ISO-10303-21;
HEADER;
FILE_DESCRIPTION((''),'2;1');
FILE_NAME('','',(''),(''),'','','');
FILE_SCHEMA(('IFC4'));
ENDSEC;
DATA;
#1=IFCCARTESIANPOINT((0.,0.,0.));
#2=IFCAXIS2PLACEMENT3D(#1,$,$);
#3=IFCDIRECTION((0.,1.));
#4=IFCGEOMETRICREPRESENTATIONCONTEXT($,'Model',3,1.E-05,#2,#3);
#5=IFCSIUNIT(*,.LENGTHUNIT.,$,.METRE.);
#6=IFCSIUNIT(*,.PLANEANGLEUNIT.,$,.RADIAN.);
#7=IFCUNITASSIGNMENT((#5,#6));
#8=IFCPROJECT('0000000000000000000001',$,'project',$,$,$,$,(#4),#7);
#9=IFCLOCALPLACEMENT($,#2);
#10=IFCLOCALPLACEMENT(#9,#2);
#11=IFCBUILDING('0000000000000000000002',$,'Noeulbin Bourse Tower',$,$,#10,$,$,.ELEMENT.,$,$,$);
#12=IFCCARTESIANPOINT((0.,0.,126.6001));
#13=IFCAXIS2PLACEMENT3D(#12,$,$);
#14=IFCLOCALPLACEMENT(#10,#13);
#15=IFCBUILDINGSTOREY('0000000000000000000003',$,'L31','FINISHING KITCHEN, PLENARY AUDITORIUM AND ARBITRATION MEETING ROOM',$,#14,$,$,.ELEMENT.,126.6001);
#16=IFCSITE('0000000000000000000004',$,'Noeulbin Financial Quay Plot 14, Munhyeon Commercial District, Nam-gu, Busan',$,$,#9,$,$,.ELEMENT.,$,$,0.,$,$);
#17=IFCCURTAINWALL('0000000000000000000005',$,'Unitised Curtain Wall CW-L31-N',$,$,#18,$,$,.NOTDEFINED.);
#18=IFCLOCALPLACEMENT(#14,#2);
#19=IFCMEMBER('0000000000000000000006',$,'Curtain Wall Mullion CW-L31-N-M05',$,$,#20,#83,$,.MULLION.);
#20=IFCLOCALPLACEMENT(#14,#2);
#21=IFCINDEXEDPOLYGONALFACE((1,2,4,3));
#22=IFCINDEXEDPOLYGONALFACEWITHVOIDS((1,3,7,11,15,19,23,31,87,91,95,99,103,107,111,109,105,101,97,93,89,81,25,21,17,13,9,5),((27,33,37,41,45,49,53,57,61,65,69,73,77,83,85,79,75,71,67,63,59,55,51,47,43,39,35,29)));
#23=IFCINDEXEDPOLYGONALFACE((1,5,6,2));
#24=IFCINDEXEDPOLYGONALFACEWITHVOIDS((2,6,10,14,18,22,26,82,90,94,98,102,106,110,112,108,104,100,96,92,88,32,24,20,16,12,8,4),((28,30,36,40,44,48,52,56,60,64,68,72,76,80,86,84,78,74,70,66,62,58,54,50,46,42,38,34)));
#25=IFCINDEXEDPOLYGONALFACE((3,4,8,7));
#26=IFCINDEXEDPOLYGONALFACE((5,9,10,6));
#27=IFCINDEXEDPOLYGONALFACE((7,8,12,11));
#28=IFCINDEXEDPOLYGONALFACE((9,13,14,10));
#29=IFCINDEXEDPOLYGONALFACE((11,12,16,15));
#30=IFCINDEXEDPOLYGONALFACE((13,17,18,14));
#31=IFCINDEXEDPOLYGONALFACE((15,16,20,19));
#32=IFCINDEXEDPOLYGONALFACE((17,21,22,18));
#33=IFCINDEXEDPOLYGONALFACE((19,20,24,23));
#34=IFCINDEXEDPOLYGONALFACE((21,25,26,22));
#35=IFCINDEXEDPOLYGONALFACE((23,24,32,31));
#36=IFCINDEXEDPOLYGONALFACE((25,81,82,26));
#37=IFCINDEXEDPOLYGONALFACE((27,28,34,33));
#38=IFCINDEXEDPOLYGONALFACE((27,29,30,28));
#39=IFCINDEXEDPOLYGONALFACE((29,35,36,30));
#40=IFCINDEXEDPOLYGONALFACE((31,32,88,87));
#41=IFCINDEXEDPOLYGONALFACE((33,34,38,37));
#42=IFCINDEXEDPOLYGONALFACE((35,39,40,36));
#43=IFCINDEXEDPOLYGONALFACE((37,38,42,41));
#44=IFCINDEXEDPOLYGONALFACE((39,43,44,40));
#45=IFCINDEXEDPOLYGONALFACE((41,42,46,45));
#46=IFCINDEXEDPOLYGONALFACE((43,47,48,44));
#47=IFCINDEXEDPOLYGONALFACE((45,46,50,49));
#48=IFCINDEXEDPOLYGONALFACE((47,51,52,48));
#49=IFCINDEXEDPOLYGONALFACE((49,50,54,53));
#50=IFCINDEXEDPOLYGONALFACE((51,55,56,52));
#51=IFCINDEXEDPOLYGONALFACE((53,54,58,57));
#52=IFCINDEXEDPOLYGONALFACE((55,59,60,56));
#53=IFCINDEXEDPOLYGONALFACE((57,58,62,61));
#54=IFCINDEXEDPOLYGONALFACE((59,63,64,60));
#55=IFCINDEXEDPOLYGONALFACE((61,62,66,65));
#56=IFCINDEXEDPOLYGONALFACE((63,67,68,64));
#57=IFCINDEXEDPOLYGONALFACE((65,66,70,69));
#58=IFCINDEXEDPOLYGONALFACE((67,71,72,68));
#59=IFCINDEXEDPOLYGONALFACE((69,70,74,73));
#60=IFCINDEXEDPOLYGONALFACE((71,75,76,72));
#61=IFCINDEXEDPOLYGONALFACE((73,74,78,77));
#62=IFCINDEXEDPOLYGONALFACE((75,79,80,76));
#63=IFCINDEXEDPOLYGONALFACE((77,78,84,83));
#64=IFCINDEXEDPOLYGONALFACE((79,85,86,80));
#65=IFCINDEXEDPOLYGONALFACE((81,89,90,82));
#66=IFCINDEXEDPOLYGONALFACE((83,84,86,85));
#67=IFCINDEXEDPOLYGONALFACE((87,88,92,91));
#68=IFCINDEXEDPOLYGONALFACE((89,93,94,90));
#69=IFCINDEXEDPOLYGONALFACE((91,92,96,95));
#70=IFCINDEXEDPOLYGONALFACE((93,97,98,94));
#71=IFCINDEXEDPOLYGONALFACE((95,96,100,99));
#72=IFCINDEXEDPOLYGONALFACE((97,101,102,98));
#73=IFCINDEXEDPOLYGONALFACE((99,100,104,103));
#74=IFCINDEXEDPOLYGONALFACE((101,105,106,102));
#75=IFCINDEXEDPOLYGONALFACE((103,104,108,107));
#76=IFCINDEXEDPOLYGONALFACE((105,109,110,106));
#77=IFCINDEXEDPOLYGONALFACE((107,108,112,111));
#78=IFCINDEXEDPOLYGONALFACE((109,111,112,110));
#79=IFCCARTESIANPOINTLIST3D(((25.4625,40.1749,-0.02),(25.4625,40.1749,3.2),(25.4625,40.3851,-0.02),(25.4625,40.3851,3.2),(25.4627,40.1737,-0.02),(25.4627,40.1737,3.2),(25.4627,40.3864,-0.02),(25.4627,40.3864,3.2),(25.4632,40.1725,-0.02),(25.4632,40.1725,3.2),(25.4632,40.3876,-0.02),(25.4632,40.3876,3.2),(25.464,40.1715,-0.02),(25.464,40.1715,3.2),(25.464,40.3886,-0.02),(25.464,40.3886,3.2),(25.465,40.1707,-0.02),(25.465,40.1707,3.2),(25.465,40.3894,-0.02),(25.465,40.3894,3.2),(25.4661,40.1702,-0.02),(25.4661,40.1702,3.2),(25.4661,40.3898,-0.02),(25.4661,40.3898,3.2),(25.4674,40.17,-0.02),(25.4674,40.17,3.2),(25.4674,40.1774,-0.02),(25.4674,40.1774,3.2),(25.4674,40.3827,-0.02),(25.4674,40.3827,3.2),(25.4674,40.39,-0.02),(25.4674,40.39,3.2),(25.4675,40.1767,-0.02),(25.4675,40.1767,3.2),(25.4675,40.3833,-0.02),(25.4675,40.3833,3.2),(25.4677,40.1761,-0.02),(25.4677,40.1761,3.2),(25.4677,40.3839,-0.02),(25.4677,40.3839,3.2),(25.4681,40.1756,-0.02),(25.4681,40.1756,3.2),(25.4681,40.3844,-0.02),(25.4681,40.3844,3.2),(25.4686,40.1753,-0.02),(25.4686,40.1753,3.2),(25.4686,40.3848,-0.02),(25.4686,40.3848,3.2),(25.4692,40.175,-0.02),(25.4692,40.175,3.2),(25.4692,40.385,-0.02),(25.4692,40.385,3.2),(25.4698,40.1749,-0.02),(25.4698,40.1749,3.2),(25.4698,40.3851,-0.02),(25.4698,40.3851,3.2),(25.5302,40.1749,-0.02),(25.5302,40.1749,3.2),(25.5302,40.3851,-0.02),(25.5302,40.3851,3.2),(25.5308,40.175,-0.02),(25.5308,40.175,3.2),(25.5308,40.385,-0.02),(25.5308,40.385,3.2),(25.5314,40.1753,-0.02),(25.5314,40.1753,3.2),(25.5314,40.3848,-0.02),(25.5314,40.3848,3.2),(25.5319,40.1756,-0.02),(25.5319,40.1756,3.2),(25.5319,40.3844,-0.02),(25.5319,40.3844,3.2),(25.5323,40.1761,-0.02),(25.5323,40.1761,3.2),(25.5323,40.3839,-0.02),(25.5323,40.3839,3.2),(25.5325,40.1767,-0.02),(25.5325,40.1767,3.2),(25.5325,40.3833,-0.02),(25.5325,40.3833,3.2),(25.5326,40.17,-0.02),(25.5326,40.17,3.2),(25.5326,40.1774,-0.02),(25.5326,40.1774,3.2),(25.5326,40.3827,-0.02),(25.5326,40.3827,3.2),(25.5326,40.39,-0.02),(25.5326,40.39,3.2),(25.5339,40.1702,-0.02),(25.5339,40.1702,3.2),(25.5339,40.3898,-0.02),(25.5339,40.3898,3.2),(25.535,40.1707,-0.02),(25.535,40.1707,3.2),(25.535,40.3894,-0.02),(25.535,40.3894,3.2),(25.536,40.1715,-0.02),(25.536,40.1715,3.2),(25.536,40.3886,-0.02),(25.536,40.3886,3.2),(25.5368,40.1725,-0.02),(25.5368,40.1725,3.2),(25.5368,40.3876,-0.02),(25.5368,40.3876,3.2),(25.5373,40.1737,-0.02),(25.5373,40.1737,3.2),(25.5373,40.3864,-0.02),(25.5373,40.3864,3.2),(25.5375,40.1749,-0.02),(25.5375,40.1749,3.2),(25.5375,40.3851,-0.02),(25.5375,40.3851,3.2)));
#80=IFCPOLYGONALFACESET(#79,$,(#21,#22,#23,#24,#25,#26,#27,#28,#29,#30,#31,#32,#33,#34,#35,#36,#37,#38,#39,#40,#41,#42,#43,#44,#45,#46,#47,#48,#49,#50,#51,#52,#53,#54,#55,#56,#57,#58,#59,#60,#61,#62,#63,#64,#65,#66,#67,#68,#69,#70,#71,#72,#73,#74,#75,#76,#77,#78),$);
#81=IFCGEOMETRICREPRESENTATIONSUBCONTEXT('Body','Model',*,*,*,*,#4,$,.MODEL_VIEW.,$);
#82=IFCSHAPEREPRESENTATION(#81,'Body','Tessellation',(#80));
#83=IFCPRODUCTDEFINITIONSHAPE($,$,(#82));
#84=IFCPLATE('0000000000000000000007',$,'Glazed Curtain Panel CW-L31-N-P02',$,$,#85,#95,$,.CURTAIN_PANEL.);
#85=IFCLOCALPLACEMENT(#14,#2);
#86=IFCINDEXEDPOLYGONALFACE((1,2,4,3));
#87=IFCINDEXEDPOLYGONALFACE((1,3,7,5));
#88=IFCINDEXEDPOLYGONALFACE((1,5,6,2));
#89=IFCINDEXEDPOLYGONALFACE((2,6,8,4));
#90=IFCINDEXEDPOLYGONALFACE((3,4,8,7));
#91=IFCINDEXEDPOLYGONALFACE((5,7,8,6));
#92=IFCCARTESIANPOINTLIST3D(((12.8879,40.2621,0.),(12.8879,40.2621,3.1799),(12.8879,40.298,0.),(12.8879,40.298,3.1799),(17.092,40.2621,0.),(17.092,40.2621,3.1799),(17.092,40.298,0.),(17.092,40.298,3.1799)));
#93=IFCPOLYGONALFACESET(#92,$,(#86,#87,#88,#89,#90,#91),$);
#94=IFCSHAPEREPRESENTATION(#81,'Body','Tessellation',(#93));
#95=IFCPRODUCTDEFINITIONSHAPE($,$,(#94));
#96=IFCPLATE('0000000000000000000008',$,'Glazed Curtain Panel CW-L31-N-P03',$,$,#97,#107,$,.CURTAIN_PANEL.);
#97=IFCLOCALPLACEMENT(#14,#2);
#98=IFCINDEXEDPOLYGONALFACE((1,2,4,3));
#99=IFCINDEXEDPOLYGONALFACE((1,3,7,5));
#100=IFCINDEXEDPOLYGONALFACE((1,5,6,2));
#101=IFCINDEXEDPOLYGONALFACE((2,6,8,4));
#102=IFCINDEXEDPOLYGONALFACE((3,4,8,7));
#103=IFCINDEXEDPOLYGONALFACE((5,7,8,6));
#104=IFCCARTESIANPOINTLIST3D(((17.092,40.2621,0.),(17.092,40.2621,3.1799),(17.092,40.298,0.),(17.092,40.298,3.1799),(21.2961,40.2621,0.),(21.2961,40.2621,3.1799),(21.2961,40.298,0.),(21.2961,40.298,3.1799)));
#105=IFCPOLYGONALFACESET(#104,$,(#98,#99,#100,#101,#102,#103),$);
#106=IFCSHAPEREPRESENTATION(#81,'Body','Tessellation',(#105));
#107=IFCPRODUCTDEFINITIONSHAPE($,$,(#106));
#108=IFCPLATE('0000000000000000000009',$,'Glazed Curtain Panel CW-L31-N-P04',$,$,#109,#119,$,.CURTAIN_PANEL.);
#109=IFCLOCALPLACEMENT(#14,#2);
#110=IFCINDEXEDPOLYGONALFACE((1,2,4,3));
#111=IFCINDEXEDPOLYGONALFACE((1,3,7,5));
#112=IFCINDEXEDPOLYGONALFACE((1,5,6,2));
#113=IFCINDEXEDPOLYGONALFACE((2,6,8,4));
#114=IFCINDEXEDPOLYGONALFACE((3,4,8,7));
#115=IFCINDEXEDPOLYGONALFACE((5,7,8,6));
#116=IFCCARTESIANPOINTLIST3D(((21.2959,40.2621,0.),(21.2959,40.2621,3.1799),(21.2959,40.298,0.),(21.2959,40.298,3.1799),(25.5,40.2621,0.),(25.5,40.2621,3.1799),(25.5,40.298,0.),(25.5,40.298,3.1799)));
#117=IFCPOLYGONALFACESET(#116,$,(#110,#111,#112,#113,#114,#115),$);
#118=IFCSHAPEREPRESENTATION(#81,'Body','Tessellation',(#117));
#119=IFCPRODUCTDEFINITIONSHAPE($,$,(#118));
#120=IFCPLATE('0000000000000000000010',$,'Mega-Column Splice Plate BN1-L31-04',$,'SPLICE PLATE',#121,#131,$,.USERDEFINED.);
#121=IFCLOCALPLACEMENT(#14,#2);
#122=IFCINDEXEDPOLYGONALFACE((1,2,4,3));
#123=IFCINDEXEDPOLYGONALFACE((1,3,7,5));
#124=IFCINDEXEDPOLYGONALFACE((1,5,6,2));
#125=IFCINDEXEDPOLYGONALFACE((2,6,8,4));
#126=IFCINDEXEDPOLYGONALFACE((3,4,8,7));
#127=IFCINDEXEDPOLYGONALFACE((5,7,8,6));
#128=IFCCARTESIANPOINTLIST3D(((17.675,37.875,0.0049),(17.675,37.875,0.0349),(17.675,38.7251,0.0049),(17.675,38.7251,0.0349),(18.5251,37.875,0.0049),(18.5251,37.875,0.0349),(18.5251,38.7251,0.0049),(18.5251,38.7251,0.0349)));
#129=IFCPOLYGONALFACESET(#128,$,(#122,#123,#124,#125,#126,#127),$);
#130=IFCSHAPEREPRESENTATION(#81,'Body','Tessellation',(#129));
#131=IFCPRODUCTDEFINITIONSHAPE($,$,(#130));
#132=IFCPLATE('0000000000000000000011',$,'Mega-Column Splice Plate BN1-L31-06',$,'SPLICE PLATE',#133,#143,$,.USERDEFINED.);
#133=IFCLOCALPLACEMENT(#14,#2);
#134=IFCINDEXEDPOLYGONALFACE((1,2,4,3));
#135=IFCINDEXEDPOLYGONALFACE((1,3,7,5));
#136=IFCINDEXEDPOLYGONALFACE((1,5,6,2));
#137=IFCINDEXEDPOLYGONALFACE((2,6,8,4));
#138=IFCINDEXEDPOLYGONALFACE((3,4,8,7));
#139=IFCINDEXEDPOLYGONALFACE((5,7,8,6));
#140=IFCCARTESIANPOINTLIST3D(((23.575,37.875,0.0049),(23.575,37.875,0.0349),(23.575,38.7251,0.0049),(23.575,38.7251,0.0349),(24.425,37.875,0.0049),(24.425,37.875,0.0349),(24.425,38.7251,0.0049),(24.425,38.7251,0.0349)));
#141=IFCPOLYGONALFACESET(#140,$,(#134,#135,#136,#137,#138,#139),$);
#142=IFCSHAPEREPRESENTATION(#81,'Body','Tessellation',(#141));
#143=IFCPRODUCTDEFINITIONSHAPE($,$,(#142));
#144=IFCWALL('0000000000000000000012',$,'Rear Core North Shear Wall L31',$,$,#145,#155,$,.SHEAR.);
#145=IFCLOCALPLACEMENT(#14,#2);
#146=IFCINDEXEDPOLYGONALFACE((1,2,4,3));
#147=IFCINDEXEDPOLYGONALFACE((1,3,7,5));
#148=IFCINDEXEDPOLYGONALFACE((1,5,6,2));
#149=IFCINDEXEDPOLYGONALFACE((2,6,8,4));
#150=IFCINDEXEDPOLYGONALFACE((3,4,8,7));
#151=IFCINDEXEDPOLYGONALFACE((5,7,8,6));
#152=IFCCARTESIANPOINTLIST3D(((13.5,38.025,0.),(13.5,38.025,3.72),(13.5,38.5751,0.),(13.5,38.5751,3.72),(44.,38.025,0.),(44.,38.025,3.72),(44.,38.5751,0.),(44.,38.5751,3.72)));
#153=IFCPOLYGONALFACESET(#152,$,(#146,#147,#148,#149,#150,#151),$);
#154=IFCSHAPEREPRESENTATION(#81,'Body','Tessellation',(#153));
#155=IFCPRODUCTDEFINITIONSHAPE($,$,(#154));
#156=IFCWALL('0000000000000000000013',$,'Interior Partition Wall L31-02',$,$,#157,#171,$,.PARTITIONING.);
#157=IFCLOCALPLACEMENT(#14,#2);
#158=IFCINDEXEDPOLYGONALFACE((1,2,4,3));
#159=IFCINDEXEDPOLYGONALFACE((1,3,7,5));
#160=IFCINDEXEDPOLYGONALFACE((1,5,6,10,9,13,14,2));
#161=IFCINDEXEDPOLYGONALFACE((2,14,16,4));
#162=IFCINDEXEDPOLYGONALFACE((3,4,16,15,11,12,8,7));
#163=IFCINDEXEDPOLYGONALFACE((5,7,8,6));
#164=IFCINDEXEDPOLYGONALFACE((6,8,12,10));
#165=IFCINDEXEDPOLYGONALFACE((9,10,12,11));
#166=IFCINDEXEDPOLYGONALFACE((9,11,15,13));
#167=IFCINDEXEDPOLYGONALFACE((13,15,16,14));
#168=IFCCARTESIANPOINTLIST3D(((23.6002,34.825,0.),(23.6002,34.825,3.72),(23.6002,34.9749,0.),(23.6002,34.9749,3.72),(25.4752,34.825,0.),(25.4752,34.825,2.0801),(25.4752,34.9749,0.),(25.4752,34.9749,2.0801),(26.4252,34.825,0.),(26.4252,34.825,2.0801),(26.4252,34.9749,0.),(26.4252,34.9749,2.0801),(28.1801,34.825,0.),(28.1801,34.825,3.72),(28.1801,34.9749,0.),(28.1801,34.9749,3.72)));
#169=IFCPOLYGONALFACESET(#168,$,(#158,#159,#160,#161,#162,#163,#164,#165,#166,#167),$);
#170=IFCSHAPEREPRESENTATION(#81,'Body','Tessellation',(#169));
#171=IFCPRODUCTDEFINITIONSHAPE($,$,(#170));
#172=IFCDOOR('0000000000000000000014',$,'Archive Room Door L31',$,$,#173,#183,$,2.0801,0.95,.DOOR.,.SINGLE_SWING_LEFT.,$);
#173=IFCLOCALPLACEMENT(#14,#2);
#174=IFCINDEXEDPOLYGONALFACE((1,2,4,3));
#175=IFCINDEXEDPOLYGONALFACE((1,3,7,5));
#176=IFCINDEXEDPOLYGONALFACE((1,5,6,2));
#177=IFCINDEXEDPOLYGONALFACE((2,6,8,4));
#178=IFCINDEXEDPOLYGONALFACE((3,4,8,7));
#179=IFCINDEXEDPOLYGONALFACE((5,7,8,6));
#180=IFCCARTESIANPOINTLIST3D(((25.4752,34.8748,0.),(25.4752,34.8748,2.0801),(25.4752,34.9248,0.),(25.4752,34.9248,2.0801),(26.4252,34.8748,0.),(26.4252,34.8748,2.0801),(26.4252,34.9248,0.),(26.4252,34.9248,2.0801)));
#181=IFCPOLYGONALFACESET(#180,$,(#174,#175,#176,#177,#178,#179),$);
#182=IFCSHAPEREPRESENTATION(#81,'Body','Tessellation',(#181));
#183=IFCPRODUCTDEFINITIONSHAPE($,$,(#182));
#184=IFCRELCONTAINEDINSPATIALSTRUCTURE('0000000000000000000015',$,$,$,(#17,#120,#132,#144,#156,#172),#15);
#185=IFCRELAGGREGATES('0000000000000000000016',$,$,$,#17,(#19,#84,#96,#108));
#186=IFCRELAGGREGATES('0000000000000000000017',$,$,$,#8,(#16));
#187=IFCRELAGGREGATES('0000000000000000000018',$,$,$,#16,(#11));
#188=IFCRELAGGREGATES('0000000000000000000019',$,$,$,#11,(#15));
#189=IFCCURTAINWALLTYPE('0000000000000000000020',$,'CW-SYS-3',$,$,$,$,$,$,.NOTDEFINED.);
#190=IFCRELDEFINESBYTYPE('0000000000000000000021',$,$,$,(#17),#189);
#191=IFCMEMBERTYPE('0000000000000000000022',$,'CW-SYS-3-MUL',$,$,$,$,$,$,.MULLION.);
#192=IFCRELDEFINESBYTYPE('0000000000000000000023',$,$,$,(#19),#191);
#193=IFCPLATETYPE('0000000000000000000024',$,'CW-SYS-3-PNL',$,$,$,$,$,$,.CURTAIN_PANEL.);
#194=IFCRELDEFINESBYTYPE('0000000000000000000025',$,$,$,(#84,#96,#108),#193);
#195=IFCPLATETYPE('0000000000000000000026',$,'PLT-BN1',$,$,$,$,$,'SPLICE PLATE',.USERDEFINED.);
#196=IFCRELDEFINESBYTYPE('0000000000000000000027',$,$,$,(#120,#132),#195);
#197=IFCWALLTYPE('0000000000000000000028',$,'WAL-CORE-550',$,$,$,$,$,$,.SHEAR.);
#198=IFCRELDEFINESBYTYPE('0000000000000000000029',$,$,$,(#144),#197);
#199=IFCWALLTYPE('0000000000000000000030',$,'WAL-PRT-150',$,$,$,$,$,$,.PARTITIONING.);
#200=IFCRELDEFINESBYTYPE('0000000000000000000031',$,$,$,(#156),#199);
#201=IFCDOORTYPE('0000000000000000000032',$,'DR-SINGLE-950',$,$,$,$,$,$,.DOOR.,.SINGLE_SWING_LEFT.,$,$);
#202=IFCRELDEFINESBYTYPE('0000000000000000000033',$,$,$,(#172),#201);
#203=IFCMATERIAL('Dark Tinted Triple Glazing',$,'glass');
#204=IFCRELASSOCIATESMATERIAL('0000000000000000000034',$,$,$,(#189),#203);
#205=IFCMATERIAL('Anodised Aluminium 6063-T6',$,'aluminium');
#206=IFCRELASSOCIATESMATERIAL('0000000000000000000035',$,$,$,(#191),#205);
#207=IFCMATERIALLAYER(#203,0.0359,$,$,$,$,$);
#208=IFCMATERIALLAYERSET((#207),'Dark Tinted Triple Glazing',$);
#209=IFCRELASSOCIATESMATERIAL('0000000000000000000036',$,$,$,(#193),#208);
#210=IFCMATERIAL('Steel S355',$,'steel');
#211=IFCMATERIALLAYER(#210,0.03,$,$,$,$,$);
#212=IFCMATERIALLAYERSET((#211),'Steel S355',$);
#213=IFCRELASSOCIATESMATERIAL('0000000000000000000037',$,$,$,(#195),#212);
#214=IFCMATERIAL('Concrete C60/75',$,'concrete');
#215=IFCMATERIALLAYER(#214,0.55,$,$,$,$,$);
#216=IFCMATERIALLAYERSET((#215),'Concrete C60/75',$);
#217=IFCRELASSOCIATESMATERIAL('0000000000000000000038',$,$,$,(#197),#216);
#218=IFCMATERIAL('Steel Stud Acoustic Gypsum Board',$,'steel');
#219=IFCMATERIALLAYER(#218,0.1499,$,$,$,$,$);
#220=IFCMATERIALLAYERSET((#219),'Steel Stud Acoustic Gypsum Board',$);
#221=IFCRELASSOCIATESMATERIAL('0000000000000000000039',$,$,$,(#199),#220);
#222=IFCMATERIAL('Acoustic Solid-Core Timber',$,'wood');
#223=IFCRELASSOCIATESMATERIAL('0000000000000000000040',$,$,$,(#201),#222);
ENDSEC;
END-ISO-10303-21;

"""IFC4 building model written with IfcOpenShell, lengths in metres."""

from ifc_helpers import new_model, si_unit, direction, frame, frame_2d, origin, origin_2d, place, context, subcontext, project, spatial, rectangle, hollow_rectangle, extrude, material, layer, layer_set, material_profile, profile_set, type_object, element, fill, aggregate, save


model = new_model("IFC4")

# Units and contexts
model_context = context("Model", 3, precision=1e-05, world=origin(), true_north=direction((0.0, 1.0)))
body_context = subcontext(model_context, "Body", "Model", "MODEL_VIEW")
ifc_project = project(units=[si_unit("LENGTHUNIT", "METRE"), si_unit("PLANEANGLEUNIT", "RADIAN")], contexts=[model_context])

# Site, building, storey
site_placement = place(None, origin())
site = spatial("IfcSite", under=ifc_project, at=site_placement, Name="Noeulbin Financial Quay Plot 14, Munhyeon Commercial District, Nam-gu, Busan", CompositionType="ELEMENT", RefElevation=0.0)
building_placement = place(site_placement, origin())
building = spatial("IfcBuilding", under=site, at=building_placement, Name="Noeulbin Bourse Tower", CompositionType="ELEMENT")
storey_placement = place(building_placement, frame((0.0, 0.0, 126.6001)))
storey = spatial("IfcBuildingStorey", under=building, at=storey_placement, Name="L31", Description="FINISHING KITCHEN, PLENARY AUDITORIUM AND ARBITRATION MEETING ROOM", CompositionType="ELEMENT", Elevation=126.6001)

# Shared definitions
ifc_material_1 = material(Name="Steel S355", Category="steel")

# Curtain wall, member, plates
ifc_material_2 = material(Name="Dark Tinted Triple Glazing", Category="glass")
curtain_wall_type = type_object("IfcCurtainWallType", Name="CW-SYS-3", PredefinedType="NOTDEFINED", material=ifc_material_2)
curtain_wall_placement = place(storey_placement, origin())
curtain_wall = element("IfcCurtainWall", 1, at=curtain_wall_placement, inside=storey, type_object=curtain_wall_type, Name="Unitised Curtain Wall CW-L31-N", PredefinedType="NOTDEFINED")
ifc_material_3 = material(Name="Anodised Aluminium 6063-T6", Category="aluminium")
ifc_material_profile_1 = material_profile(ifc_material_3, hollow_rectangle(XDim=0.075, YDim=0.22, WallThickness=0.0049, InnerFilletRadius=0.0024, OuterFilletRadius=0.0049, at=origin_2d()), Name="ALU-MULL-75x220x5", Category="LoadBearing")
ifc_profile_set_1 = profile_set([ifc_material_profile_1], Name="Anodised Aluminium 6063-T6")
member_type = type_object("IfcMemberType", Name="CW-SYS-3-MUL", PredefinedType="MULLION", material=ifc_profile_set_1)
member_1_placement = place(storey_placement, frame((25.5, 40.28, -0.02), z_axis=(0.0, 0.0, 1.0), x_axis=(1.0, 0.0, 0.0)))
member_1 = element("IfcMember", 2, at=member_1_placement, type_object=member_type, Name="Curtain Wall Mullion CW-L31-N-M05", PredefinedType="MULLION", context=body_context, shape_type="SweptSolid", body=[
    extrude(hollow_rectangle(XDim=0.075, YDim=0.22, WallThickness=0.0049, InnerFilletRadius=0.0024, OuterFilletRadius=0.0049, at=origin_2d()), origin(), (0.0, 0.0, 1.0), 3.22),
])
ifc_layer_1 = layer(ifc_material_2, 0.0359)
ifc_layer_set_1 = layer_set([ifc_layer_1], Name="Dark Tinted Triple Glazing")
plate_type_1 = type_object("IfcPlateType", Name="CW-SYS-3-PNL", PredefinedType="CURTAIN_PANEL", material=ifc_layer_set_1)
plate_1_placement = place(storey_placement, frame((14.99, 40.28, 0.0), z_axis=(0.0, 0.0, 1.0), x_axis=(1.0, 0.0, 0.0)))
plate_1 = element("IfcPlate", 3, at=plate_1_placement, type_object=plate_type_1, Name="Glazed Curtain Panel CW-L31-N-P02", PredefinedType="CURTAIN_PANEL", context=body_context, shape_type="SweptSolid", body=[
    extrude(rectangle(XDim=4.2041, YDim=0.0359, at=origin_2d()), origin(), (0.0, 0.0, 1.0), 3.1799),
])
plate_2_placement = place(storey_placement, frame((19.1941, 40.28, 0.0), z_axis=(0.0, 0.0, 1.0), x_axis=(1.0, 0.0, 0.0)))
plate_2 = element("IfcPlate", 4, at=plate_2_placement, type_object=plate_type_1, Name="Glazed Curtain Panel CW-L31-N-P03", PredefinedType="CURTAIN_PANEL", context=body_context, shape_type="SweptSolid", body=[
    extrude(rectangle(XDim=4.2041, YDim=0.0359, at=origin_2d()), origin(), (0.0, 0.0, 1.0), 3.1799),
])
plate_3_placement = place(storey_placement, frame((23.3979, 40.28, 0.0), z_axis=(0.0, 0.0, 1.0), x_axis=(1.0, 0.0, 0.0)))
plate_3 = element("IfcPlate", 5, at=plate_3_placement, type_object=plate_type_1, Name="Glazed Curtain Panel CW-L31-N-P04", PredefinedType="CURTAIN_PANEL", context=body_context, shape_type="SweptSolid", body=[
    extrude(rectangle(XDim=4.2041, YDim=0.0359, at=origin_2d()), origin(), (0.0, 0.0, 1.0), 3.1799),
])
aggregate(curtain_wall, [member_1, plate_1, plate_2, plate_3])

# Plates
ifc_layer_2 = layer(ifc_material_1, 0.03)
ifc_layer_set_2 = layer_set([ifc_layer_2], Name="Steel S355")
plate_type_2 = type_object("IfcPlateType", Name="PLT-BN1", ElementType="SPLICE PLATE", PredefinedType="USERDEFINED", material=ifc_layer_set_2)
for number, where, z_axis, x_axis, name in (
    (6, (18.1001, 38.3, 0.0049), (0.0, 0.0, 1.0), (1.0, 0.0, 0.0), "Mega-Column Splice Plate BN1-L31-04"),
    (7, (24.0, 38.3, 0.0049), (0.0, 0.0, 1.0), (1.0, 0.0, 0.0), "Mega-Column Splice Plate BN1-L31-06"),
):
    element("IfcPlate", number, at=place(storey_placement, frame(where, z_axis=z_axis, x_axis=x_axis)), inside=storey, type_object=plate_type_2, Name=name, ObjectType="SPLICE PLATE", PredefinedType="USERDEFINED", context=body_context, shape_type="SweptSolid", body=[
        extrude(rectangle(XDim=0.8501, YDim=0.8501, at=origin_2d()), origin(), (0.0, 0.0, 1.0), 0.03),
    ])

# Wall
ifc_material_4 = material(Name="Concrete C60/75", Category="concrete")
ifc_layer_3 = layer(ifc_material_4, 0.55)
ifc_layer_set_3 = layer_set([ifc_layer_3], Name="Concrete C60/75")
wall_type_1 = type_object("IfcWallType", Name="WAL-CORE-550", PredefinedType="SHEAR", material=ifc_layer_set_3)
wall_1_placement = place(storey_placement, frame((13.5, 38.3, 0.0), z_axis=(0.0, 0.0, 1.0), x_axis=(1.0, 0.0, 0.0)))
element("IfcWall", 8, at=wall_1_placement, inside=storey, type_object=wall_type_1, Name="Rear Core North Shear Wall L31", PredefinedType="SHEAR", context=body_context, shape_type="SweptSolid", body=[
    extrude(rectangle(XDim=30.5, YDim=0.55, at=frame_2d((15.25, 0.0))), origin(), (0.0, 0.0, 1.0), 3.72),
])

# Wall, opening, door
ifc_material_5 = material(Name="Steel Stud Acoustic Gypsum Board", Category="steel")
ifc_layer_4 = layer(ifc_material_5, 0.1499)
ifc_layer_set_4 = layer_set([ifc_layer_4], Name="Steel Stud Acoustic Gypsum Board")
wall_type_2 = type_object("IfcWallType", Name="WAL-PRT-150", PredefinedType="PARTITIONING", material=ifc_layer_set_4)
wall_2_placement = place(storey_placement, frame((23.6001, 34.8999, 0.0), z_axis=(0.0, 0.0, 1.0), x_axis=(1.0, 0.0, 0.0)))
wall_2 = element("IfcWall", 9, at=wall_2_placement, inside=storey, type_object=wall_type_2, Name="Interior Partition Wall L31-02", PredefinedType="PARTITIONING", context=body_context, shape_type="SweptSolid", body=[
    extrude(rectangle(XDim=4.5798, YDim=0.1499, at=frame_2d((2.29, 0.0))), origin(), (0.0, 0.0, 1.0), 3.72),
])
opening_1_placement = place(wall_2_placement, frame((1.875, 0.0, 0.0)))
opening_1 = element("IfcOpeningElement", 10, at=opening_1_placement, cuts=wall_2, PredefinedType="OPENING", context=body_context, shape_type="SweptSolid", body=[
    extrude(rectangle(XDim=0.95, YDim=2.0801, at=frame_2d((0.4751, 1.04))), frame((0.0, 0.085, 0.0), z_axis=(0.0, -1.0, 0.0), x_axis=(1.0, 0.0, 0.0)), (0.0, 0.0, 1.0), 0.1699),
])
ifc_material_6 = material(Name="Acoustic Solid-Core Timber", Category="wood")
door_type_1 = type_object("IfcDoorType", Name="DR-SINGLE-950", OperationType="SINGLE_SWING_LEFT", PredefinedType="DOOR", material=ifc_material_6)
door_1_placement = place(opening_1_placement, origin())
door_1 = element("IfcDoor", 11, at=door_1_placement, inside=storey, type_object=door_type_1, Name="Archive Room Door L31", OperationType="SINGLE_SWING_LEFT", OverallHeight=2.0801, OverallWidth=0.95, PredefinedType="DOOR", context=body_context, shape_type="SweptSolid", body=[
    extrude(rectangle(XDim=0.95, YDim=2.0801, at=frame_2d((0.4751, 1.04))), frame((0.0, 0.0249, 0.0), z_axis=(0.0, -1.0, 0.0), x_axis=(1.0, 0.0, 0.0)), (0.0, 0.0, 1.0), 0.05),
])
fill(opening_1, door_1)

save(model, "model.ifc")
